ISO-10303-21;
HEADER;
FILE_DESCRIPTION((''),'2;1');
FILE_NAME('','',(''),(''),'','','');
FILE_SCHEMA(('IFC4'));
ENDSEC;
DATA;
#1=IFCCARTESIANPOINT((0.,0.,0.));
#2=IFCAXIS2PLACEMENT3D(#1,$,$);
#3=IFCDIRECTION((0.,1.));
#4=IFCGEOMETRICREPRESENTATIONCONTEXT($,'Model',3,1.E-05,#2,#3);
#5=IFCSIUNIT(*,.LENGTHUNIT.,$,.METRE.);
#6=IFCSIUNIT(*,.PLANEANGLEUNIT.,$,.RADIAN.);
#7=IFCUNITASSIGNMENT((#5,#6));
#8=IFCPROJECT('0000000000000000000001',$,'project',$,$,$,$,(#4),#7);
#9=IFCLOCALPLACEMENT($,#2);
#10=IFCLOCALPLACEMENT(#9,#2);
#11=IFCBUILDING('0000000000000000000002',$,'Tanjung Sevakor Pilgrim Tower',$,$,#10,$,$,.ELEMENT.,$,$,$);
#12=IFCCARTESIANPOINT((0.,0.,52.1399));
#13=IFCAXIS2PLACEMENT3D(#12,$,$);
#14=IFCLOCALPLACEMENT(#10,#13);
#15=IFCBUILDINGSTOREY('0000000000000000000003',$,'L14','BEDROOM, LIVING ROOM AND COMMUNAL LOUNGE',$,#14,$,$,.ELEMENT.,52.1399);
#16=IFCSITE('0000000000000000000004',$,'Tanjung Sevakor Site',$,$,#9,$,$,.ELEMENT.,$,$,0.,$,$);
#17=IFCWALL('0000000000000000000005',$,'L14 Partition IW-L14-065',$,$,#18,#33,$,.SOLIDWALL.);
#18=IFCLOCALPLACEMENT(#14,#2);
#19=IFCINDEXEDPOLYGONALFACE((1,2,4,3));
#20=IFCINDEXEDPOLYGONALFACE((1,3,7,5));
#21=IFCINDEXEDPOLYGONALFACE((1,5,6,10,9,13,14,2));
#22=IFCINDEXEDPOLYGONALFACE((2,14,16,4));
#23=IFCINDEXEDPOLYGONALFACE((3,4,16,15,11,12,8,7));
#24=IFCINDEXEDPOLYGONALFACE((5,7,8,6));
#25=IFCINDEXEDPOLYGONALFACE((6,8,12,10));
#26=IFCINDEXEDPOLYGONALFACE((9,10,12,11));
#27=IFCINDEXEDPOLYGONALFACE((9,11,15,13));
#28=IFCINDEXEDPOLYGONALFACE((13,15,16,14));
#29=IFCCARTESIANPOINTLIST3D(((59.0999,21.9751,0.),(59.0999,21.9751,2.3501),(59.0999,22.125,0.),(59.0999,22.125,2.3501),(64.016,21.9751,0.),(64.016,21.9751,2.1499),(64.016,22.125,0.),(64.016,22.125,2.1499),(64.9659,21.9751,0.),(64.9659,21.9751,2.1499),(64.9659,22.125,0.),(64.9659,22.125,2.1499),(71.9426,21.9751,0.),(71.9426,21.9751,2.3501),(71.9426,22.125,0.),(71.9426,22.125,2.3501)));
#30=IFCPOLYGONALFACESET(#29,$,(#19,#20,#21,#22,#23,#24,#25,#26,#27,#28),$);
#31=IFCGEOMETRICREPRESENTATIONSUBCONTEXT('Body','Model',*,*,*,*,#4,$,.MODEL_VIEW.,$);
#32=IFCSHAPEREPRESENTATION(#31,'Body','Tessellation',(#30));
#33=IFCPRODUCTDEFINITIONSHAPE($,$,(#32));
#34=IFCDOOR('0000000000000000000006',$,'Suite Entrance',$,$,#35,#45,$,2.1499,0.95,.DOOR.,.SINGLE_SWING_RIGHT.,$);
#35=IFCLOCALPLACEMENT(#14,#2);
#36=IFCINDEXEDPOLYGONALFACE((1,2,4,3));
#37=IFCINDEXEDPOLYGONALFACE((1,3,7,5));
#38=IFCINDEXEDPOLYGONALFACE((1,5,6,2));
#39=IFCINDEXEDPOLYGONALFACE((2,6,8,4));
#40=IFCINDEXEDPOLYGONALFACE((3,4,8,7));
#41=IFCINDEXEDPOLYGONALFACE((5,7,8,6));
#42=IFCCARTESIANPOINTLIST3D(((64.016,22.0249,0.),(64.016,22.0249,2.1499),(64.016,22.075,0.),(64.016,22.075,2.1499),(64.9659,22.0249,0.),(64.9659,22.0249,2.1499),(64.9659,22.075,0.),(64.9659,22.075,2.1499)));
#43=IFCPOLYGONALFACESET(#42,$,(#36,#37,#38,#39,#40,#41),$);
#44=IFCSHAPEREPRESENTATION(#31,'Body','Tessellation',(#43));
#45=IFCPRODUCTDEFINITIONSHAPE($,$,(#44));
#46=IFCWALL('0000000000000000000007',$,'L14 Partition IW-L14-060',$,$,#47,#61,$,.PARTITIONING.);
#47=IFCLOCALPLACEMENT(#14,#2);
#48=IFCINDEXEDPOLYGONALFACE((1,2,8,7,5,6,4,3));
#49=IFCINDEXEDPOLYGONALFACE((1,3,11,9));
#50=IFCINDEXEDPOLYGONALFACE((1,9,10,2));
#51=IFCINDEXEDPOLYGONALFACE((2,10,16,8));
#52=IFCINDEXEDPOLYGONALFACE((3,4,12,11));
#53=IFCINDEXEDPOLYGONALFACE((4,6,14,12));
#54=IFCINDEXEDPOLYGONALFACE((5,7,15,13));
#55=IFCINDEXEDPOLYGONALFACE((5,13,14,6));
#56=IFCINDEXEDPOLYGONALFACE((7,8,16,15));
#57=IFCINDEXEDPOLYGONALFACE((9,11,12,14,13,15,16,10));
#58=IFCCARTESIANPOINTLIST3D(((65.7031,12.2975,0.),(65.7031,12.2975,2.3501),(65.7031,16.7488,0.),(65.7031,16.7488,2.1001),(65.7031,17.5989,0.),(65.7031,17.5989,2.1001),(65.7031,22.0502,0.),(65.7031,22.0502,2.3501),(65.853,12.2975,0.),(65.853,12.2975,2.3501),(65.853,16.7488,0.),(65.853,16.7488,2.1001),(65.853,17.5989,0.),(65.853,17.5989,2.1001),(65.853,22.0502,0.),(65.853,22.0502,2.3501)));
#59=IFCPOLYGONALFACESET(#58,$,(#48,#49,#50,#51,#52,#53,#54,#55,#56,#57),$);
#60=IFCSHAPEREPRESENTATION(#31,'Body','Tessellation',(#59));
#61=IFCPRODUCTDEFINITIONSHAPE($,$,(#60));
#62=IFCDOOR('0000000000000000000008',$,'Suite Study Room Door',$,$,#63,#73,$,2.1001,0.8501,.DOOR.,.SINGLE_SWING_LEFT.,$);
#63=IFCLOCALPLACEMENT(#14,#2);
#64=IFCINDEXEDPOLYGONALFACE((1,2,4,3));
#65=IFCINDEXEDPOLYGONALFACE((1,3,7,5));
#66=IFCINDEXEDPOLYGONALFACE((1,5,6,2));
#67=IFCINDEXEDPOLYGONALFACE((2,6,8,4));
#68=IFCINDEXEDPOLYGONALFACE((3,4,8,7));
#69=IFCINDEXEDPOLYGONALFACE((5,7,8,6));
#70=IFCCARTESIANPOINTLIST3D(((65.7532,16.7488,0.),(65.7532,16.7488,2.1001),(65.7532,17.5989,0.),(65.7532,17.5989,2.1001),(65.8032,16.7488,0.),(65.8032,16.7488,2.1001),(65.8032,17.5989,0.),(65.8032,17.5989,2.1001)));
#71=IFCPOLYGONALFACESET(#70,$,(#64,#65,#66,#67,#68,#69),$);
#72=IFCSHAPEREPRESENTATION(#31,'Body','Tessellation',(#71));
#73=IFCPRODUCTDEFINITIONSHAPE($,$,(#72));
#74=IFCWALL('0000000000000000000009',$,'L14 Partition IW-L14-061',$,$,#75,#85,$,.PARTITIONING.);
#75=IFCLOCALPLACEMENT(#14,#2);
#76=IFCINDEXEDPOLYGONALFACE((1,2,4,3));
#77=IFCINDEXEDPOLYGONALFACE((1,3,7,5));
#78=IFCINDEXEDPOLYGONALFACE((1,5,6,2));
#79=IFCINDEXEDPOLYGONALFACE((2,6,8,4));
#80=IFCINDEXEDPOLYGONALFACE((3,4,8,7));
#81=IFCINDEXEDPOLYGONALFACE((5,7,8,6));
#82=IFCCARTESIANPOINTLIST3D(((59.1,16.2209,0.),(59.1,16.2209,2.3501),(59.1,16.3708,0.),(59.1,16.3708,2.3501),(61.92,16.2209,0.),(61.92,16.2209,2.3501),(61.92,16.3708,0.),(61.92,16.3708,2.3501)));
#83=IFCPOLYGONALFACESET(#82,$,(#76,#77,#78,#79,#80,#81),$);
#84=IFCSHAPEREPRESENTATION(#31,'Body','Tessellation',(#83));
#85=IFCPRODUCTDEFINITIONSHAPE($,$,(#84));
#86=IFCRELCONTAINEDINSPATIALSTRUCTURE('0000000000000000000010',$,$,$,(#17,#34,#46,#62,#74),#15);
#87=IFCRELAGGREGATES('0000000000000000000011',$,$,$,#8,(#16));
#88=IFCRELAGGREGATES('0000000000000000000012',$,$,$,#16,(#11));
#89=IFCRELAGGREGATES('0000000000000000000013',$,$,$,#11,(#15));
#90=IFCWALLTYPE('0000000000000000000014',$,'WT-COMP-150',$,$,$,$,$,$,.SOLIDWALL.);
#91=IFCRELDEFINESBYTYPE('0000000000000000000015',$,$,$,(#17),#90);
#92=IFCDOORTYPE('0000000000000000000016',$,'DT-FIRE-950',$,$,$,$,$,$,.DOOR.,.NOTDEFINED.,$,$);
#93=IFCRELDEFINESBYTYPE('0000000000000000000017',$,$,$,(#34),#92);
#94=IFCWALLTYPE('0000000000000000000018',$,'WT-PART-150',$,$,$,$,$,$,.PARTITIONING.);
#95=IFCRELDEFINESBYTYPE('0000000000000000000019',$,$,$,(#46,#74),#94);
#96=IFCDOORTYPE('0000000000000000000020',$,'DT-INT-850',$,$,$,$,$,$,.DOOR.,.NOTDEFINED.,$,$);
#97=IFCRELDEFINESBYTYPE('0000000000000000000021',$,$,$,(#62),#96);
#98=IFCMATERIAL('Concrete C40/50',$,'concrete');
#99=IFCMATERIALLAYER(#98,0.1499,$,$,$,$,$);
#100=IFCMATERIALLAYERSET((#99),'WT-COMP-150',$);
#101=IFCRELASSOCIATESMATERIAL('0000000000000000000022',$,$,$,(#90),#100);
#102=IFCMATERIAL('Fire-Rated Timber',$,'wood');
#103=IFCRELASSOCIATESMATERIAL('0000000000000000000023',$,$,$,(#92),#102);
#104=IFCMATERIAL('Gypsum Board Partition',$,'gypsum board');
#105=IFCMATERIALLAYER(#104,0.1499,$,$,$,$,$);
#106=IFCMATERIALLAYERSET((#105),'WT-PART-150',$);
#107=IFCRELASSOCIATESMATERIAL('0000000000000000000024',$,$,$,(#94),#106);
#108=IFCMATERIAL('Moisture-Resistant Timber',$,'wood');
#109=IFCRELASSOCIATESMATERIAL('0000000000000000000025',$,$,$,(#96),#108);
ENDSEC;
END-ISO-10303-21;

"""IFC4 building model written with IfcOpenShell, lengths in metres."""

from ifc_helpers import new_model, si_unit, direction, frame, frame_2d, origin, place, context, subcontext, project, spatial, rectangle, extrude, material, layer, layer_set, type_object, element, fill, save


model = new_model("IFC4")

# Units and contexts
model_context = context("Model", 3, precision=1e-05, world=origin(), true_north=direction((0.0, 1.0)))
body_context = subcontext(model_context, "Body", "Model", "MODEL_VIEW")
ifc_project = project(units=[si_unit("LENGTHUNIT", "METRE"), si_unit("PLANEANGLEUNIT", "RADIAN")], contexts=[model_context])

# Site, building, storey
site_placement = place(None, origin())
site = spatial("IfcSite", under=ifc_project, at=site_placement, Name="Tanjung Sevakor Site", CompositionType="ELEMENT", RefElevation=0.0)
building_placement = place(site_placement, origin())
building = spatial("IfcBuilding", under=site, at=building_placement, Name="Tanjung Sevakor Pilgrim Tower", CompositionType="ELEMENT")
storey_placement = place(building_placement, frame((0.0, 0.0, 52.1399)))
storey = spatial("IfcBuildingStorey", under=building, at=storey_placement, Name="L14", Description="BEDROOM, LIVING ROOM AND COMMUNAL LOUNGE", CompositionType="ELEMENT", Elevation=52.1399)

# Shared definitions
ifc_material_1 = material(Name="Concrete C40/50", Category="concrete")
ifc_layer_1 = layer(ifc_material_1, 0.1499)
ifc_layer_set_1 = layer_set([ifc_layer_1], Name="WT-COMP-150")
wall_type_1 = type_object("IfcWallType", Name="WT-COMP-150", PredefinedType="SOLIDWALL", material=ifc_layer_set_1)

# Walls, openings, doors
wall_1_placement = place(storey_placement, frame((59.0999, 22.05, 0.0), z_axis=(0.0, 0.0, 1.0), x_axis=(1.0, 0.0, 0.0)))
wall_1 = element("IfcWall", 1, at=wall_1_placement, inside=storey, type_object=wall_type_1, Name="L14 Partition IW-L14-065", PredefinedType="SOLIDWALL", context=body_context, shape_type="SweptSolid", body=[
    extrude(rectangle(XDim=12.8428, YDim=0.1499, at=frame_2d((6.4214, 0.0))), origin(), (0.0, 0.0, 1.0), 2.3501),
])
opening_1_placement = place(wall_1_placement, frame((4.916, 0.0, 0.0)))
opening_1 = element("IfcOpeningElement", 2, at=opening_1_placement, cuts=wall_1, PredefinedType="OPENING", context=body_context, shape_type="SweptSolid", body=[
    extrude(rectangle(XDim=0.95, YDim=2.1499, at=frame_2d((0.4751, 1.075))), frame((0.0, 0.085, 0.0), z_axis=(0.0, -1.0, 0.0), x_axis=(1.0, 0.0, 0.0)), (0.0, 0.0, 1.0), 0.1699),
])
ifc_material_2 = material(Name="Fire-Rated Timber", Category="wood")
door_type_1 = type_object("IfcDoorType", Name="DT-FIRE-950", OperationType="NOTDEFINED", PredefinedType="DOOR", material=ifc_material_2)
door_1_placement = place(opening_1_placement, origin())
door_1 = element("IfcDoor", 3, at=door_1_placement, inside=storey, type_object=door_type_1, Name="Suite Entrance", OperationType="SINGLE_SWING_RIGHT", OverallHeight=2.1499, OverallWidth=0.95, PredefinedType="DOOR", context=body_context, shape_type="SweptSolid", body=[
    extrude(rectangle(XDim=0.95, YDim=2.1499, at=frame_2d((0.4751, 1.075))), frame((0.0, 0.0249, 0.0), z_axis=(0.0, -1.0, 0.0), x_axis=(1.0, 0.0, 0.0)), (0.0, 0.0, 1.0), 0.05),
])
fill(opening_1, door_1)
ifc_material_3 = material(Name="Gypsum Board Partition", Category="gypsum board")
ifc_layer_2 = layer(ifc_material_3, 0.1499)
ifc_layer_set_2 = layer_set([ifc_layer_2], Name="WT-PART-150")
wall_type_2 = type_object("IfcWallType", Name="WT-PART-150", PredefinedType="PARTITIONING", material=ifc_layer_set_2)
wall_2_placement = place(storey_placement, frame((65.7781, 12.2974, 0.0), z_axis=(0.0, 0.0, 1.0), x_axis=(0.0, 1.0, 0.0)))
wall_2 = element("IfcWall", 4, at=wall_2_placement, inside=storey, type_object=wall_type_2, Name="L14 Partition IW-L14-060", PredefinedType="PARTITIONING", context=body_context, shape_type="SweptSolid", body=[
    extrude(rectangle(XDim=9.7527, YDim=0.1499, at=frame_2d((4.8765, 0.0))), origin(), (0.0, 0.0, 1.0), 2.3501),
])
opening_2_placement = place(wall_2_placement, frame((4.4514, 0.0, 0.0)))
opening_2 = element("IfcOpeningElement", 5, at=opening_2_placement, cuts=wall_2, PredefinedType="OPENING", context=body_context, shape_type="SweptSolid", body=[
    extrude(rectangle(XDim=0.8501, YDim=2.1001, at=frame_2d((0.425, 1.05))), frame((0.0, 0.085, 0.0), z_axis=(0.0, -1.0, 0.0), x_axis=(1.0, 0.0, 0.0)), (0.0, 0.0, 1.0), 0.1699),
])
ifc_material_4 = material(Name="Moisture-Resistant Timber", Category="wood")
door_type_2 = type_object("IfcDoorType", Name="DT-INT-850", OperationType="NOTDEFINED", PredefinedType="DOOR", material=ifc_material_4)
door_2_placement = place(opening_2_placement, origin())
door_2 = element("IfcDoor", 6, at=door_2_placement, inside=storey, type_object=door_type_2, Name="Suite Study Room Door", OperationType="SINGLE_SWING_LEFT", OverallHeight=2.1001, OverallWidth=0.8501, PredefinedType="DOOR", context=body_context, shape_type="SweptSolid", body=[
    extrude(rectangle(XDim=0.8501, YDim=2.1001, at=frame_2d((0.425, 1.05))), frame((0.0, 0.0249, 0.0), z_axis=(0.0, -1.0, 0.0), x_axis=(1.0, 0.0, 0.0)), (0.0, 0.0, 1.0), 0.05),
])
fill(opening_2, door_2)

# Wall
wall_3_placement = place(storey_placement, frame((59.0999, 16.2959, 0.0), z_axis=(0.0, 0.0, 1.0), x_axis=(1.0, 0.0, 0.0)))
element("IfcWall", 7, at=wall_3_placement, inside=storey, type_object=wall_type_2, Name="L14 Partition IW-L14-061", PredefinedType="PARTITIONING", context=body_context, shape_type="SweptSolid", body=[
    extrude(rectangle(XDim=2.8201, YDim=0.1499, at=frame_2d((1.4102, 0.0))), origin(), (0.0, 0.0, 1.0), 2.3501),
])

save(model, "model.ifc")
